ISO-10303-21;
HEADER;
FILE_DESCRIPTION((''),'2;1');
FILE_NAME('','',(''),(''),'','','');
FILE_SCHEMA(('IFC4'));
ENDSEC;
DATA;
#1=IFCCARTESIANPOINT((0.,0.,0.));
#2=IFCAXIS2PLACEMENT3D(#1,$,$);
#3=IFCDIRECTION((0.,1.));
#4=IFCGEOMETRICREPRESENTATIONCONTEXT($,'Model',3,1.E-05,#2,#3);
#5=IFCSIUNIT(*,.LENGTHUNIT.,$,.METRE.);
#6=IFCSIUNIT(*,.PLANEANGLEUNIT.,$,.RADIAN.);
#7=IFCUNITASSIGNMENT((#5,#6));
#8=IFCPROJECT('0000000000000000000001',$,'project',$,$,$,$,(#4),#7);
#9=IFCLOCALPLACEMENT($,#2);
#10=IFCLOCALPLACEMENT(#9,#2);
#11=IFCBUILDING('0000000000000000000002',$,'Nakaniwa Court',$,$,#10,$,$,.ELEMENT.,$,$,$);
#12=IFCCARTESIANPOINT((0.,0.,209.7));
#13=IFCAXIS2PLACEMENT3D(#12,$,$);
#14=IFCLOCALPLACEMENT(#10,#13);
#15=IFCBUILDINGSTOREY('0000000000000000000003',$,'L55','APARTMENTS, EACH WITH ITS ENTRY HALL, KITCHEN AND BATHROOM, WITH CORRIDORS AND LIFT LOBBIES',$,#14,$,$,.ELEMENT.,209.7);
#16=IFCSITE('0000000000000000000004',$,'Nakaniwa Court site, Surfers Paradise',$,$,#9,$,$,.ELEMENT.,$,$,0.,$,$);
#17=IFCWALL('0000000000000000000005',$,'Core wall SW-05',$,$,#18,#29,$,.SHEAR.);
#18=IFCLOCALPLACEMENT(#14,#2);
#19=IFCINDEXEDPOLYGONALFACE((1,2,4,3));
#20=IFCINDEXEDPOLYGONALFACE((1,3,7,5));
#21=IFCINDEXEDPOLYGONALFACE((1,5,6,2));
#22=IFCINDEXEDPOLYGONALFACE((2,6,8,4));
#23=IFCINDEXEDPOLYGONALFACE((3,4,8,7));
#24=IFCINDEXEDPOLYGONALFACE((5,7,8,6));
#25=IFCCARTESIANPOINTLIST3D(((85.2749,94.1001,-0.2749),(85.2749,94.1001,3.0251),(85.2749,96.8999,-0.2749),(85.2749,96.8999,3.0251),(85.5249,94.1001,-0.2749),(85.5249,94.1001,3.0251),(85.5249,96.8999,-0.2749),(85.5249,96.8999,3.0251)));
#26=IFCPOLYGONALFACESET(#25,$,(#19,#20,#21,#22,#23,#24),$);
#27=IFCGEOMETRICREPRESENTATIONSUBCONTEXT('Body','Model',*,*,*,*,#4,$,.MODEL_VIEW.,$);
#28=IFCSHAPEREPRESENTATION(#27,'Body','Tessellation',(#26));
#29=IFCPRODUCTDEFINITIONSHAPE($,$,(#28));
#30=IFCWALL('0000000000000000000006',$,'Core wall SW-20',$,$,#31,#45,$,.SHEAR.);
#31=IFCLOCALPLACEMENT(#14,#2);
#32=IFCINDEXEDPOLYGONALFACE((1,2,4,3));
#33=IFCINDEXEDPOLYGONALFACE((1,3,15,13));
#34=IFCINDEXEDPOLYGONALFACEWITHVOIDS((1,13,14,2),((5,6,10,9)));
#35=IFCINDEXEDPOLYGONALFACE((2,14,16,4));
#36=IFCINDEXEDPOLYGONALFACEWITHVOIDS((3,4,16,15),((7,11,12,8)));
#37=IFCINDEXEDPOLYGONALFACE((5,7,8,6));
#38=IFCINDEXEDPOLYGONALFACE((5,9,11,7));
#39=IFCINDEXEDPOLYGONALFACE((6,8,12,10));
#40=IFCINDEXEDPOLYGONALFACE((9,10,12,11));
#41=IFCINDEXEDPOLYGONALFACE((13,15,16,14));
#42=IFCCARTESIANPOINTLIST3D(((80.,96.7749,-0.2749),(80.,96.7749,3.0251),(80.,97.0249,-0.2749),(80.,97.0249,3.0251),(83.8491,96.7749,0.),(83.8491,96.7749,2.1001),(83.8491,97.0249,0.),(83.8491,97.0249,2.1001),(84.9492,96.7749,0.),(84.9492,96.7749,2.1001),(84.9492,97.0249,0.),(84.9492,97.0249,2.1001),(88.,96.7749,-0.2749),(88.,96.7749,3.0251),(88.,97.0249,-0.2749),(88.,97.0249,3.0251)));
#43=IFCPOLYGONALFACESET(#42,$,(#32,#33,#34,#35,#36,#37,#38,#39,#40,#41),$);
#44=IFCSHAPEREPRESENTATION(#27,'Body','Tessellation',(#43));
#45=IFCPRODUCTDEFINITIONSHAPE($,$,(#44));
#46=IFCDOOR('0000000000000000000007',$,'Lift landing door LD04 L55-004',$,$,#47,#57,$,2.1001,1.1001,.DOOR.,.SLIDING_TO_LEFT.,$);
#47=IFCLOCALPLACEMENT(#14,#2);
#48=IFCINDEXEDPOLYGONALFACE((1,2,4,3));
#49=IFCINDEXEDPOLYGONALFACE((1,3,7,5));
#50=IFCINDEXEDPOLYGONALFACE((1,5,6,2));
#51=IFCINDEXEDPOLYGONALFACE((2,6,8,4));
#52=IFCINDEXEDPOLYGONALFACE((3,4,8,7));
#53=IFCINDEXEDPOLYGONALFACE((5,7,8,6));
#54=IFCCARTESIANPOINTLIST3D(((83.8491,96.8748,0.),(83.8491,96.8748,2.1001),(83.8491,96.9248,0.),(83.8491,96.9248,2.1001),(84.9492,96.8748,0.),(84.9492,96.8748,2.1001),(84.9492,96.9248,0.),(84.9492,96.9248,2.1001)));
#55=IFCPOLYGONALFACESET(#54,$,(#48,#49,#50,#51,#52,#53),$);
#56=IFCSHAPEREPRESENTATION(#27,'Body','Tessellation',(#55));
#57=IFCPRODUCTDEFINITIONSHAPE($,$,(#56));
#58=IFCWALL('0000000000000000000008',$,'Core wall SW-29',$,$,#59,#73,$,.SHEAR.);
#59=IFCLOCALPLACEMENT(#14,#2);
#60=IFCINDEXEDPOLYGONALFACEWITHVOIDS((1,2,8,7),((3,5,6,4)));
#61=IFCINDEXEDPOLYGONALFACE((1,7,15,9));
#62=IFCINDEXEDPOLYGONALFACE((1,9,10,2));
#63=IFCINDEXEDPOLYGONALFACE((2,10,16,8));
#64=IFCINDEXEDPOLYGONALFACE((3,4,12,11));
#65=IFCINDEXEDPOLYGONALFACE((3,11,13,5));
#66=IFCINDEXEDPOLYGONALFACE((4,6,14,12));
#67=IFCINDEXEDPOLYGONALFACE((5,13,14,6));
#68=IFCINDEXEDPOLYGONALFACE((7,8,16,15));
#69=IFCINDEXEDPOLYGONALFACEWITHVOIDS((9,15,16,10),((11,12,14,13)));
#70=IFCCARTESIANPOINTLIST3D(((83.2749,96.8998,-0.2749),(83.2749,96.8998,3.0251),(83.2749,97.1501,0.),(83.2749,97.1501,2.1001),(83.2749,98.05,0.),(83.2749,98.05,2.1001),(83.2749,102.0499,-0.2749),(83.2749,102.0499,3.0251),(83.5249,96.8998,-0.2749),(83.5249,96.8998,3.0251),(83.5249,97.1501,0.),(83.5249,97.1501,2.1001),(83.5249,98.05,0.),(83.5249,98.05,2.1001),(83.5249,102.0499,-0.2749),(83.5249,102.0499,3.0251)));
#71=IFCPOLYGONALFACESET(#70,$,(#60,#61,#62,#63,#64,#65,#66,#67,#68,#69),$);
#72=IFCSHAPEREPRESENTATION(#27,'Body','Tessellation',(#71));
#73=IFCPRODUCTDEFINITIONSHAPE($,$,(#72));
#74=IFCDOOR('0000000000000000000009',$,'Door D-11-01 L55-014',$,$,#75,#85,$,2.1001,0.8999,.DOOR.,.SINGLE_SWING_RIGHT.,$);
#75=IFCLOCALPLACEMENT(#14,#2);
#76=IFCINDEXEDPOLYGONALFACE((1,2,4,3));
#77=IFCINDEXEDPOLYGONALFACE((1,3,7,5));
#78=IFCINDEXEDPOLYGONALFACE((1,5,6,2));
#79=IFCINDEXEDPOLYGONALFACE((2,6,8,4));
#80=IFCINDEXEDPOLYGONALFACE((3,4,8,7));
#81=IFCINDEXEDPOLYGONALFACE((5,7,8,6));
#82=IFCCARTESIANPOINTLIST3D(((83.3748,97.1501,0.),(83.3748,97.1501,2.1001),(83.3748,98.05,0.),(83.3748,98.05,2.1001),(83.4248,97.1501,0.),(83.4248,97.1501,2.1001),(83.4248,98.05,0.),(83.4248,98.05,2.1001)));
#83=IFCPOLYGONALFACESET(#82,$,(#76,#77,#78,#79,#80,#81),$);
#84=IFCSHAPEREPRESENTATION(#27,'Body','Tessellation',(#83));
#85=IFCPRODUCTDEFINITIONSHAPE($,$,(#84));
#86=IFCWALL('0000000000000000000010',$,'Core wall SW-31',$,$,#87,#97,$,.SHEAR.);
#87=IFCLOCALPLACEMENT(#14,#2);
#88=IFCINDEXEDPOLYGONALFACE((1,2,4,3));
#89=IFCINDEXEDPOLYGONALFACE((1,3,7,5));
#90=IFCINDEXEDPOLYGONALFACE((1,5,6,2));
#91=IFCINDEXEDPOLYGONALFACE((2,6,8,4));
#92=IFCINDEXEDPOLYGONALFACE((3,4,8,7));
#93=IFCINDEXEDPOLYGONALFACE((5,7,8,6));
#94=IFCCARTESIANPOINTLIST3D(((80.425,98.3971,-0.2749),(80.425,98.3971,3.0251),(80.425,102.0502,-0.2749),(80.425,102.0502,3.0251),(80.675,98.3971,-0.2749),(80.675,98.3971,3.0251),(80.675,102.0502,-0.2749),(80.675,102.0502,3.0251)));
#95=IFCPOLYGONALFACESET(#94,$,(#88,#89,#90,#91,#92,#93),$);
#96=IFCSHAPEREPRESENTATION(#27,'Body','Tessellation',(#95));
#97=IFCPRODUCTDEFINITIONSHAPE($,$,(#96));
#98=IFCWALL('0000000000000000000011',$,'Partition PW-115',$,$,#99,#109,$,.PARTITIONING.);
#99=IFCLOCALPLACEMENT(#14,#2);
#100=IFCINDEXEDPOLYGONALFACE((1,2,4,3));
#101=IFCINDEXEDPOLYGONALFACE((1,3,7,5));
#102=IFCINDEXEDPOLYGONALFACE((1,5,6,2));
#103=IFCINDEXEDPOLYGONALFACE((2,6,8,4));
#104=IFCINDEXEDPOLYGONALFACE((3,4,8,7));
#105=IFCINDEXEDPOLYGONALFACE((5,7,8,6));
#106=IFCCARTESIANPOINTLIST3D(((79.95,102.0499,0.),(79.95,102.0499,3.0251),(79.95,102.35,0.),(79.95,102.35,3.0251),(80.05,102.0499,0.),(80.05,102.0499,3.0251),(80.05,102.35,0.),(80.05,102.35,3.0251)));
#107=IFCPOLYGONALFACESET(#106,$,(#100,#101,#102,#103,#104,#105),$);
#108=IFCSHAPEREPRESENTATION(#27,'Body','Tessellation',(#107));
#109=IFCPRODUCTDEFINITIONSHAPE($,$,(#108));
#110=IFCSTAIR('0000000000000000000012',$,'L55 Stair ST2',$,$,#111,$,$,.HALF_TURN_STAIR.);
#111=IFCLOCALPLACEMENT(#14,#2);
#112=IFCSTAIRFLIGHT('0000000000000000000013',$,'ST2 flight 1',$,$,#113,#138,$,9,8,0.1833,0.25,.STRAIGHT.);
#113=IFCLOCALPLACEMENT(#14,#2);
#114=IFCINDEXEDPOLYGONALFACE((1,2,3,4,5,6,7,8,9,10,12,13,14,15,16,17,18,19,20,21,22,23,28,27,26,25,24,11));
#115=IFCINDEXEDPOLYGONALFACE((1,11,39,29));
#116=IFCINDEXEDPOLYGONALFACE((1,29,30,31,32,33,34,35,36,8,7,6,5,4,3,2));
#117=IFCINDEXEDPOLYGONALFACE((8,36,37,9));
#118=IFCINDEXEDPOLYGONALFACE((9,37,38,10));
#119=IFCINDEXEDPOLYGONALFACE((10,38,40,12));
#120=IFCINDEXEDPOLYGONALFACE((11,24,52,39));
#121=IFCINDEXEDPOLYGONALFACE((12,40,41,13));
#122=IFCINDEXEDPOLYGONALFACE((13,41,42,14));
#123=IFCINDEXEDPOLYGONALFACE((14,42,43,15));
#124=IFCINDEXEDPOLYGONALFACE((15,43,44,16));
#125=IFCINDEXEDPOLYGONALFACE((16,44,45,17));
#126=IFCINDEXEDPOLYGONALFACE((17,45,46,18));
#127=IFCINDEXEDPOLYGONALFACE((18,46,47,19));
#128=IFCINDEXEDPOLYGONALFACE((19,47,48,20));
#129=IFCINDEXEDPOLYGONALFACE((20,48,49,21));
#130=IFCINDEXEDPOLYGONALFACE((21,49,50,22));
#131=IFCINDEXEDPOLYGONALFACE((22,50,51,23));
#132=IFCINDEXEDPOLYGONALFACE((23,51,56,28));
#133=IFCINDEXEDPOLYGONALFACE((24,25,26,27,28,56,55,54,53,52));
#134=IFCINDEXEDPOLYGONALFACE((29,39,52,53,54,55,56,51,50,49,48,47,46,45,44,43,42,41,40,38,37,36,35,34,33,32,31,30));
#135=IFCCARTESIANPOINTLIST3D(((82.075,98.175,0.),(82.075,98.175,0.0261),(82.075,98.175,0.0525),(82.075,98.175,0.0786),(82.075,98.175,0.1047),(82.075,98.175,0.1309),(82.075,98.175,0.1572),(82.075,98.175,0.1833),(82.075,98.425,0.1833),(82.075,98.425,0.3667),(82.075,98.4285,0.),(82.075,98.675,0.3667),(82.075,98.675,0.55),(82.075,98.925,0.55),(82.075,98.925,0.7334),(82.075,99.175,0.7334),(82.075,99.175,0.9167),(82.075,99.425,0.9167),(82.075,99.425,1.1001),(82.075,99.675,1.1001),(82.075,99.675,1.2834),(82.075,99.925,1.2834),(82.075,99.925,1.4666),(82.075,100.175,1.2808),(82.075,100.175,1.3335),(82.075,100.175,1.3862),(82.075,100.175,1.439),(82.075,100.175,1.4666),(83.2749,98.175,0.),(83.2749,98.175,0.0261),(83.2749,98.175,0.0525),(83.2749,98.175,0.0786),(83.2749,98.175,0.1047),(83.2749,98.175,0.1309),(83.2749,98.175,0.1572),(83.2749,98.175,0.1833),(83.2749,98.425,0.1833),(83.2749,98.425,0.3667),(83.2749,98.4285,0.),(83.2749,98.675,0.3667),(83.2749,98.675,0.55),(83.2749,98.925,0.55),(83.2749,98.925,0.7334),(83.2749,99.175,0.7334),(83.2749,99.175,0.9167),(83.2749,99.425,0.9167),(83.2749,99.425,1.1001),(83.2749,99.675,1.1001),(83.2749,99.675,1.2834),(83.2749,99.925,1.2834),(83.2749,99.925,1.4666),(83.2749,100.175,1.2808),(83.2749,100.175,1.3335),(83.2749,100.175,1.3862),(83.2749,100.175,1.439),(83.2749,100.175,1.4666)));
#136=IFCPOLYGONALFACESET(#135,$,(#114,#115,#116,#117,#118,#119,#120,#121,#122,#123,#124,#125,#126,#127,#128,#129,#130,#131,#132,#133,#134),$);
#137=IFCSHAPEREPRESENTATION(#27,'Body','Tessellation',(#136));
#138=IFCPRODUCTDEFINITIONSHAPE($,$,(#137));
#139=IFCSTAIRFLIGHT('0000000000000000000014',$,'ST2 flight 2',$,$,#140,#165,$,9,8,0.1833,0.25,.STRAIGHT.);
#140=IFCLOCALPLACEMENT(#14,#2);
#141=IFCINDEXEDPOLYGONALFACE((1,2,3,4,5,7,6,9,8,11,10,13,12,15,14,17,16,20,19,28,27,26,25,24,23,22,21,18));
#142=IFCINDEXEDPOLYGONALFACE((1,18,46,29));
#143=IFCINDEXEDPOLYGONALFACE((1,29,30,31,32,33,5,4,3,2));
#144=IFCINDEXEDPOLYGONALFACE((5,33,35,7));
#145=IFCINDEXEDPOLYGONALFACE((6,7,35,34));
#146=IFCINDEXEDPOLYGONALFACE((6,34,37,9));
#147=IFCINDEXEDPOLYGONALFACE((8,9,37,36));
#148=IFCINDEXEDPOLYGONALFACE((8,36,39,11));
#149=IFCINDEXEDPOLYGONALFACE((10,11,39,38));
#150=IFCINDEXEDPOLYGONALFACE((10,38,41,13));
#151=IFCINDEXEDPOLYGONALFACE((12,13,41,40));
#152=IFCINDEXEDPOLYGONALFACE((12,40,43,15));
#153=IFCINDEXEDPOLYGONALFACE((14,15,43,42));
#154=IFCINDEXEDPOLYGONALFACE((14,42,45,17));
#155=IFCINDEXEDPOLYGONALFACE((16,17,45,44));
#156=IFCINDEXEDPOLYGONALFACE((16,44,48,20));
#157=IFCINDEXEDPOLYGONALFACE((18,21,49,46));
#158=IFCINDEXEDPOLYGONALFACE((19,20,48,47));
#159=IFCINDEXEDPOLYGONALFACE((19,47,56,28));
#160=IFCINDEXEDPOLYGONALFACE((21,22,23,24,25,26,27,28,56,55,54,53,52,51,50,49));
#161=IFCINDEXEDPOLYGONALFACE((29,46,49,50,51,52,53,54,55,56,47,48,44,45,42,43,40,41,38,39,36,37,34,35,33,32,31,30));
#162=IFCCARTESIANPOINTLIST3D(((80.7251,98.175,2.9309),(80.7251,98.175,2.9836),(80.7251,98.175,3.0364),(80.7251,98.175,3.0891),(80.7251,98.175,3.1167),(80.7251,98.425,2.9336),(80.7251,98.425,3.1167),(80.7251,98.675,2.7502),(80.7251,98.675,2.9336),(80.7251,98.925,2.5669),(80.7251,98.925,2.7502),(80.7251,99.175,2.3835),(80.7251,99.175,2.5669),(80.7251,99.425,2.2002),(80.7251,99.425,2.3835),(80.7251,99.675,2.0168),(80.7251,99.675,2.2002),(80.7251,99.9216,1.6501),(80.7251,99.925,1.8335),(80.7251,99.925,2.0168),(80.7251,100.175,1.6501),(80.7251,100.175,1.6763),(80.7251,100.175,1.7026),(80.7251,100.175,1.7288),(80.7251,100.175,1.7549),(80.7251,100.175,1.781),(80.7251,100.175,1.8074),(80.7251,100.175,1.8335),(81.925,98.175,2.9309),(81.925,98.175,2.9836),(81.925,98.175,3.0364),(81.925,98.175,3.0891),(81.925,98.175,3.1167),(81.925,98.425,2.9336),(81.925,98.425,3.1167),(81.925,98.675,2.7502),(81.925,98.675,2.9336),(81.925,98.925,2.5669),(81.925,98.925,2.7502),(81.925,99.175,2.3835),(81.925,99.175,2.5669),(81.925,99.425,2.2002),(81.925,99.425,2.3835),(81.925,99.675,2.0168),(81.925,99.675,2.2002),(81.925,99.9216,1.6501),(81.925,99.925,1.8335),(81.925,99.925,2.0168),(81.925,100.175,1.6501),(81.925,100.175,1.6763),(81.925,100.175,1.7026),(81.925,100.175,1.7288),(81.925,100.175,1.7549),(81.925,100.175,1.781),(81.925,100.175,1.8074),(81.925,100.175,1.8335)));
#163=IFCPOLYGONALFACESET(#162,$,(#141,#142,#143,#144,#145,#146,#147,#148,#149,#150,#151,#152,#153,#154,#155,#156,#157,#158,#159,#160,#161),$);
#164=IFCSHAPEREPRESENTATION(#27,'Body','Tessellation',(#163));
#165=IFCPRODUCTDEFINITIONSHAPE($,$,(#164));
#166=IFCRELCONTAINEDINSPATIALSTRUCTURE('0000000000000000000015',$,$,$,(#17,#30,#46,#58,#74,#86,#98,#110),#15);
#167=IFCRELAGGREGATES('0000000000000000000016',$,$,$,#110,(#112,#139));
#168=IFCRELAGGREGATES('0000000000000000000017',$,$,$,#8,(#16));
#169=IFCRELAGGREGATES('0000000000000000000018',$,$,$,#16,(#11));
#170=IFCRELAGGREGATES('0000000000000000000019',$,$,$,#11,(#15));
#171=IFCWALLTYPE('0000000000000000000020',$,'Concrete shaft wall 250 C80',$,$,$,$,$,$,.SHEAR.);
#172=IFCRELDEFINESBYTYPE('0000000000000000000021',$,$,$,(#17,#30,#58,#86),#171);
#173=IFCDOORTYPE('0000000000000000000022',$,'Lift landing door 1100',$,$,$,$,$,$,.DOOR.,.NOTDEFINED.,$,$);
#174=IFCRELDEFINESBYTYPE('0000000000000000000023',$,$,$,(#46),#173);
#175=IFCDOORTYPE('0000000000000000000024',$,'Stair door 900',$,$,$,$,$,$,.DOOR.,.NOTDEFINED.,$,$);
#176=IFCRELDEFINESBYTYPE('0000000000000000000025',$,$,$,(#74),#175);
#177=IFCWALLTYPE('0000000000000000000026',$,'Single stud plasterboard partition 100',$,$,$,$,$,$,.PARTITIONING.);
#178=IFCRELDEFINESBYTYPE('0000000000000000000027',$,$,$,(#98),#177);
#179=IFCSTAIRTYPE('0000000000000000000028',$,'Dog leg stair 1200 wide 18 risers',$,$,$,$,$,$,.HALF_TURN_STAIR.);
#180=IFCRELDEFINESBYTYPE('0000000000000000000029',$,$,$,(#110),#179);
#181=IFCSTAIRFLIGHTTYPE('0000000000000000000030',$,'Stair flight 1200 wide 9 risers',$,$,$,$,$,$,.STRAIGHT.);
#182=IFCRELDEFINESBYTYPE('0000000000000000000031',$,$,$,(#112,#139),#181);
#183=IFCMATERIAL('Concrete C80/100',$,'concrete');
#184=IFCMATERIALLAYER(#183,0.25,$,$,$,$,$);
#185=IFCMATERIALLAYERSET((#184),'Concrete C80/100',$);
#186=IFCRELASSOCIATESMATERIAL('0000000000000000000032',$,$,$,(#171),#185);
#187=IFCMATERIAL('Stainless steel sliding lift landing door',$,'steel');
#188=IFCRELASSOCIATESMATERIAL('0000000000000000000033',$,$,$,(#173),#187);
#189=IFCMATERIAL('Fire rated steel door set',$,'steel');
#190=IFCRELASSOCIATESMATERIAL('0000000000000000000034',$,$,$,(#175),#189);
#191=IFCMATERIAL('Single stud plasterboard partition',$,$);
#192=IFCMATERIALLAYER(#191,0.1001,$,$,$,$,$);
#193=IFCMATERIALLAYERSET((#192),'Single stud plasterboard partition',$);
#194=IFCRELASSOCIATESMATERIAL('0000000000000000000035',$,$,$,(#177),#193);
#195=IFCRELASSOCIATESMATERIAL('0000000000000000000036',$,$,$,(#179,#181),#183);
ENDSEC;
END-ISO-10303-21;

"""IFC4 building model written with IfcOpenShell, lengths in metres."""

from ifc_helpers import new_model, si_unit, direction, frame, frame_2d, origin, place, context, subcontext, project, spatial, polyline, rectangle, outline, extrude, material, layer, layer_set, type_object, element, fill, aggregate, save


model = new_model("IFC4")

# Units and contexts
model_context = context("Model", 3, precision=1e-05, world=origin(), true_north=direction((0.0, 1.0)))
body_context = subcontext(model_context, "Body", "Model", "MODEL_VIEW")
ifc_project = project(units=[si_unit("LENGTHUNIT", "METRE"), si_unit("PLANEANGLEUNIT", "RADIAN")], contexts=[model_context])

# Site, building, storey
site_placement = place(None, origin())
site = spatial("IfcSite", under=ifc_project, at=site_placement, Name="Nakaniwa Court site, Surfers Paradise", CompositionType="ELEMENT", RefElevation=0.0)
building_placement = place(site_placement, origin())
building = spatial("IfcBuilding", under=site, at=building_placement, Name="Nakaniwa Court", CompositionType="ELEMENT")
storey_placement = place(building_placement, frame((0.0, 0.0, 209.7)))
storey = spatial("IfcBuildingStorey", under=building, at=storey_placement, Name="L55", Description="APARTMENTS, EACH WITH ITS ENTRY HALL, KITCHEN AND BATHROOM, WITH CORRIDORS AND LIFT LOBBIES", CompositionType="ELEMENT", Elevation=209.7)

# Shared definitions
ifc_material_1 = material(Name="Fire rated steel door set", Category="steel")

# Shared definitions
ifc_material_2 = material(Name="Concrete C80/100", Category="concrete")

# Wall
ifc_layer_1 = layer(ifc_material_2, 0.25)
ifc_layer_set_1 = layer_set([ifc_layer_1], Name="Concrete C80/100")
wall_type_1 = type_object("IfcWallType", Name="Concrete shaft wall 250 C80", PredefinedType="SHEAR", material=ifc_layer_set_1)
wall_1_placement = place(storey_placement, frame((85.3999, 94.1001, -0.2749), z_axis=(0.0, 0.0, 1.0), x_axis=(0.0, 1.0, 0.0)))
element("IfcWall", 1, at=wall_1_placement, inside=storey, type_object=wall_type_1, Name="Core wall SW-05", PredefinedType="SHEAR", context=body_context, shape_type="SweptSolid", body=[
    extrude(rectangle(XDim=2.7998, YDim=0.25, at=frame_2d((1.3999, 0.0))), origin(), (0.0, 0.0, 1.0), 3.3),
])

# Walls, openings, doors
wall_2_placement = place(storey_placement, frame((80.0, 96.8999, -0.2749), z_axis=(0.0, 0.0, 1.0), x_axis=(1.0, 0.0, 0.0)))
wall_2 = element("IfcWall", 2, at=wall_2_placement, inside=storey, type_object=wall_type_1, Name="Core wall SW-20", PredefinedType="SHEAR", context=body_context, shape_type="SweptSolid", body=[
    extrude(rectangle(XDim=8.0, YDim=0.25, at=frame_2d((4.0, 0.0))), origin(), (0.0, 0.0, 1.0), 3.3),
])
opening_1_placement = place(wall_2_placement, frame((3.8491, 0.0, 0.2749)))
opening_1 = element("IfcOpeningElement", 3, at=opening_1_placement, cuts=wall_2, PredefinedType="OPENING", context=body_context, shape_type="SweptSolid", body=[
    extrude(rectangle(XDim=1.1001, YDim=2.1001, at=frame_2d((0.55, 1.05))), frame((0.0, 0.135, 0.0), z_axis=(0.0, -1.0, 0.0), x_axis=(1.0, 0.0, 0.0)), (0.0, 0.0, 1.0), 0.27),
])
ifc_material_3 = material(Name="Stainless steel sliding lift landing door", Category="steel")
door_type_1 = type_object("IfcDoorType", Name="Lift landing door 1100", OperationType="NOTDEFINED", PredefinedType="DOOR", material=ifc_material_3)
door_1_placement = place(opening_1_placement, origin())
door_1 = element("IfcDoor", 4, at=door_1_placement, inside=storey, type_object=door_type_1, Name="Lift landing door LD04 L55-004", OperationType="SLIDING_TO_LEFT", OverallHeight=2.1001, OverallWidth=1.1001, PredefinedType="DOOR", context=body_context, shape_type="SweptSolid", body=[
    extrude(rectangle(XDim=1.1001, YDim=2.1001, at=frame_2d((0.55, 1.05))), frame((0.0, 0.0249, 0.0), z_axis=(0.0, -1.0, 0.0), x_axis=(1.0, 0.0, 0.0)), (0.0, 0.0, 1.0), 0.05),
])
fill(opening_1, door_1)
wall_3_placement = place(storey_placement, frame((83.3999, 102.05, -0.2749), z_axis=(0.0, 0.0, 1.0), x_axis=(0.0, -1.0, 0.0)))
wall_3 = element("IfcWall", 5, at=wall_3_placement, inside=storey, type_object=wall_type_1, Name="Core wall SW-29", PredefinedType="SHEAR", context=body_context, shape_type="SweptSolid", body=[
    extrude(rectangle(XDim=5.1501, YDim=0.25, at=frame_2d((2.5752, 0.0))), origin(), (0.0, 0.0, 1.0), 3.3),
])
opening_2_placement = place(wall_3_placement, frame((4.0, 0.0, 0.2749)))
opening_2 = element("IfcOpeningElement", 6, at=opening_2_placement, cuts=wall_3, PredefinedType="OPENING", context=body_context, shape_type="SweptSolid", body=[
    extrude(rectangle(XDim=0.8999, YDim=2.1001, at=frame_2d((0.45, 1.05))), frame((0.0, 0.135, 0.0), z_axis=(0.0, -1.0, 0.0), x_axis=(1.0, 0.0, 0.0)), (0.0, 0.0, 1.0), 0.27),
])
door_type_2 = type_object("IfcDoorType", Name="Stair door 900", OperationType="NOTDEFINED", PredefinedType="DOOR", material=ifc_material_1)
door_2_placement = place(opening_2_placement, origin())
door_2 = element("IfcDoor", 7, at=door_2_placement, inside=storey, type_object=door_type_2, Name="Door D-11-01 L55-014", OperationType="SINGLE_SWING_RIGHT", OverallHeight=2.1001, OverallWidth=0.8999, PredefinedType="DOOR", context=body_context, shape_type="SweptSolid", body=[
    extrude(rectangle(XDim=0.8999, YDim=2.1001, at=frame_2d((0.45, 1.05))), frame((0.0, 0.0249, 0.0), z_axis=(0.0, -1.0, 0.0), x_axis=(1.0, 0.0, 0.0)), (0.0, 0.0, 1.0), 0.05),
])
fill(opening_2, door_2)

# Walls
wall_4_placement = place(storey_placement, frame((80.55, 98.397, -0.2749), z_axis=(0.0, 0.0, 1.0), x_axis=(0.0, 1.0, 0.0)))
element("IfcWall", 8, at=wall_4_placement, inside=storey, type_object=wall_type_1, Name="Core wall SW-31", PredefinedType="SHEAR", context=body_context, shape_type="SweptSolid", body=[
    extrude(rectangle(XDim=3.6531, YDim=0.25, at=frame_2d((1.8267, 0.0))), origin(), (0.0, 0.0, 1.0), 3.3),
])
ifc_material_4 = material(Name="Single stud plasterboard partition")
ifc_layer_2 = layer(ifc_material_4, 0.1001)
ifc_layer_set_2 = layer_set([ifc_layer_2], Name="Single stud plasterboard partition")
wall_type_2 = type_object("IfcWallType", Name="Single stud plasterboard partition 100", PredefinedType="PARTITIONING", material=ifc_layer_set_2)
wall_5_placement = place(storey_placement, frame((80.0, 102.05, 0.0), z_axis=(0.0, 0.0, 1.0), x_axis=(0.0, 1.0, 0.0)))
element("IfcWall", 9, at=wall_5_placement, inside=storey, type_object=wall_type_2, Name="Partition PW-115", PredefinedType="PARTITIONING", context=body_context, shape_type="SweptSolid", body=[
    extrude(rectangle(XDim=0.3, YDim=0.1001, at=frame_2d((0.1499, 0.0))), origin(), (0.0, 0.0, 1.0), 3.0251),
])

# Stair, stair flights
stair_type = type_object("IfcStairType", Name="Dog leg stair 1200 wide 18 risers", PredefinedType="HALF_TURN_STAIR", material=ifc_material_2)
stair_placement = place(storey_placement, origin())
stair = element("IfcStair", 10, at=stair_placement, inside=storey, type_object=stair_type, Name="L55 Stair ST2", PredefinedType="HALF_TURN_STAIR")
stair_flight_type = type_object("IfcStairFlightType", Name="Stair flight 1200 wide 9 risers", PredefinedType="STRAIGHT", material=ifc_material_2)
stair_flight_1_placement = place(storey_placement, frame((82.675, 98.175, 0.0), z_axis=(0.0, 0.0, 1.0), x_axis=(0.0, 1.0, 0.0)))
stair_flight_1 = element("IfcStairFlight", 11, at=stair_flight_1_placement, type_object=stair_flight_type, Name="ST2 flight 1", NumberOfRisers=9, NumberOfTreads=8, PredefinedType="STRAIGHT", RiserHeight=0.1833, TreadLength=0.25, context=body_context, shape_type="SweptSolid", body=[
    extrude(outline(polyline([(0.0, 0.0), (0.0, 0.0261), (0.0, 0.0525), (0.0, 0.0786), (0.0, 0.1047), (0.0, 0.1309), (0.0, 0.1572), (0.0, 0.1833), (0.25, 0.1833), (0.25, 0.3667), (0.5, 0.3667), (0.5, 0.55), (0.75, 0.55), (0.75, 0.7334), (1.0, 0.7334), (1.0, 0.9167), (1.25, 0.9167), (1.25, 1.1001), (1.5, 1.1001), (1.5, 1.2834), (1.75, 1.2834), (1.75, 1.4666), (2.0, 1.4666), (2.0, 1.6499), (2.0, 1.5972), (2.0, 1.5444), (2.0, 1.4917), (2.0, 1.439), (2.0, 1.3862), (2.0, 1.3335), (2.0, 1.2808), (0.2534, 0.0), (0.0, 0.0)])), frame((0.0, 0.6001, 0.0), z_axis=(0.0, -1.0, 0.0), x_axis=(1.0, 0.0, 0.0)), (0.0, 0.0, 1.0), 1.2),
])
stair_flight_2_placement = place(storey_placement, frame((81.325, 100.175, 1.6501), z_axis=(0.0, 0.0, 1.0), x_axis=(0.0, -1.0, 0.0)))
stair_flight_2 = element("IfcStairFlight", 12, at=stair_flight_2_placement, type_object=stair_flight_type, Name="ST2 flight 2", NumberOfRisers=9, NumberOfTreads=8, PredefinedType="STRAIGHT", RiserHeight=0.1833, TreadLength=0.25, context=body_context, shape_type="SweptSolid", body=[
    extrude(outline(polyline([(0.0, 0.0), (0.0, 0.0261), (0.0, 0.0525), (0.0, 0.0786), (0.0, 0.1047), (0.0, 0.1309), (0.0, 0.1572), (0.0, 0.1833), (0.25, 0.1833), (0.25, 0.3667), (0.5, 0.3667), (0.5, 0.55), (0.75, 0.55), (0.75, 0.7334), (1.0, 0.7334), (1.0, 0.9167), (1.25, 0.9167), (1.25, 1.1001), (1.5, 1.1001), (1.5, 1.2834), (1.75, 1.2834), (1.75, 1.4666), (2.0, 1.4666), (2.0, 1.6499), (2.0, 1.5972), (2.0, 1.5444), (2.0, 1.4917), (2.0, 1.439), (2.0, 1.3862), (2.0, 1.3335), (2.0, 1.2808), (0.2534, 0.0), (0.0, 0.0)])), frame((0.0, 0.6001, 0.0), z_axis=(0.0, -1.0, 0.0), x_axis=(1.0, 0.0, 0.0)), (0.0, 0.0, 1.0), 1.2),
])
aggregate(stair, [stair_flight_1, stair_flight_2])

save(model, "model.ifc")
